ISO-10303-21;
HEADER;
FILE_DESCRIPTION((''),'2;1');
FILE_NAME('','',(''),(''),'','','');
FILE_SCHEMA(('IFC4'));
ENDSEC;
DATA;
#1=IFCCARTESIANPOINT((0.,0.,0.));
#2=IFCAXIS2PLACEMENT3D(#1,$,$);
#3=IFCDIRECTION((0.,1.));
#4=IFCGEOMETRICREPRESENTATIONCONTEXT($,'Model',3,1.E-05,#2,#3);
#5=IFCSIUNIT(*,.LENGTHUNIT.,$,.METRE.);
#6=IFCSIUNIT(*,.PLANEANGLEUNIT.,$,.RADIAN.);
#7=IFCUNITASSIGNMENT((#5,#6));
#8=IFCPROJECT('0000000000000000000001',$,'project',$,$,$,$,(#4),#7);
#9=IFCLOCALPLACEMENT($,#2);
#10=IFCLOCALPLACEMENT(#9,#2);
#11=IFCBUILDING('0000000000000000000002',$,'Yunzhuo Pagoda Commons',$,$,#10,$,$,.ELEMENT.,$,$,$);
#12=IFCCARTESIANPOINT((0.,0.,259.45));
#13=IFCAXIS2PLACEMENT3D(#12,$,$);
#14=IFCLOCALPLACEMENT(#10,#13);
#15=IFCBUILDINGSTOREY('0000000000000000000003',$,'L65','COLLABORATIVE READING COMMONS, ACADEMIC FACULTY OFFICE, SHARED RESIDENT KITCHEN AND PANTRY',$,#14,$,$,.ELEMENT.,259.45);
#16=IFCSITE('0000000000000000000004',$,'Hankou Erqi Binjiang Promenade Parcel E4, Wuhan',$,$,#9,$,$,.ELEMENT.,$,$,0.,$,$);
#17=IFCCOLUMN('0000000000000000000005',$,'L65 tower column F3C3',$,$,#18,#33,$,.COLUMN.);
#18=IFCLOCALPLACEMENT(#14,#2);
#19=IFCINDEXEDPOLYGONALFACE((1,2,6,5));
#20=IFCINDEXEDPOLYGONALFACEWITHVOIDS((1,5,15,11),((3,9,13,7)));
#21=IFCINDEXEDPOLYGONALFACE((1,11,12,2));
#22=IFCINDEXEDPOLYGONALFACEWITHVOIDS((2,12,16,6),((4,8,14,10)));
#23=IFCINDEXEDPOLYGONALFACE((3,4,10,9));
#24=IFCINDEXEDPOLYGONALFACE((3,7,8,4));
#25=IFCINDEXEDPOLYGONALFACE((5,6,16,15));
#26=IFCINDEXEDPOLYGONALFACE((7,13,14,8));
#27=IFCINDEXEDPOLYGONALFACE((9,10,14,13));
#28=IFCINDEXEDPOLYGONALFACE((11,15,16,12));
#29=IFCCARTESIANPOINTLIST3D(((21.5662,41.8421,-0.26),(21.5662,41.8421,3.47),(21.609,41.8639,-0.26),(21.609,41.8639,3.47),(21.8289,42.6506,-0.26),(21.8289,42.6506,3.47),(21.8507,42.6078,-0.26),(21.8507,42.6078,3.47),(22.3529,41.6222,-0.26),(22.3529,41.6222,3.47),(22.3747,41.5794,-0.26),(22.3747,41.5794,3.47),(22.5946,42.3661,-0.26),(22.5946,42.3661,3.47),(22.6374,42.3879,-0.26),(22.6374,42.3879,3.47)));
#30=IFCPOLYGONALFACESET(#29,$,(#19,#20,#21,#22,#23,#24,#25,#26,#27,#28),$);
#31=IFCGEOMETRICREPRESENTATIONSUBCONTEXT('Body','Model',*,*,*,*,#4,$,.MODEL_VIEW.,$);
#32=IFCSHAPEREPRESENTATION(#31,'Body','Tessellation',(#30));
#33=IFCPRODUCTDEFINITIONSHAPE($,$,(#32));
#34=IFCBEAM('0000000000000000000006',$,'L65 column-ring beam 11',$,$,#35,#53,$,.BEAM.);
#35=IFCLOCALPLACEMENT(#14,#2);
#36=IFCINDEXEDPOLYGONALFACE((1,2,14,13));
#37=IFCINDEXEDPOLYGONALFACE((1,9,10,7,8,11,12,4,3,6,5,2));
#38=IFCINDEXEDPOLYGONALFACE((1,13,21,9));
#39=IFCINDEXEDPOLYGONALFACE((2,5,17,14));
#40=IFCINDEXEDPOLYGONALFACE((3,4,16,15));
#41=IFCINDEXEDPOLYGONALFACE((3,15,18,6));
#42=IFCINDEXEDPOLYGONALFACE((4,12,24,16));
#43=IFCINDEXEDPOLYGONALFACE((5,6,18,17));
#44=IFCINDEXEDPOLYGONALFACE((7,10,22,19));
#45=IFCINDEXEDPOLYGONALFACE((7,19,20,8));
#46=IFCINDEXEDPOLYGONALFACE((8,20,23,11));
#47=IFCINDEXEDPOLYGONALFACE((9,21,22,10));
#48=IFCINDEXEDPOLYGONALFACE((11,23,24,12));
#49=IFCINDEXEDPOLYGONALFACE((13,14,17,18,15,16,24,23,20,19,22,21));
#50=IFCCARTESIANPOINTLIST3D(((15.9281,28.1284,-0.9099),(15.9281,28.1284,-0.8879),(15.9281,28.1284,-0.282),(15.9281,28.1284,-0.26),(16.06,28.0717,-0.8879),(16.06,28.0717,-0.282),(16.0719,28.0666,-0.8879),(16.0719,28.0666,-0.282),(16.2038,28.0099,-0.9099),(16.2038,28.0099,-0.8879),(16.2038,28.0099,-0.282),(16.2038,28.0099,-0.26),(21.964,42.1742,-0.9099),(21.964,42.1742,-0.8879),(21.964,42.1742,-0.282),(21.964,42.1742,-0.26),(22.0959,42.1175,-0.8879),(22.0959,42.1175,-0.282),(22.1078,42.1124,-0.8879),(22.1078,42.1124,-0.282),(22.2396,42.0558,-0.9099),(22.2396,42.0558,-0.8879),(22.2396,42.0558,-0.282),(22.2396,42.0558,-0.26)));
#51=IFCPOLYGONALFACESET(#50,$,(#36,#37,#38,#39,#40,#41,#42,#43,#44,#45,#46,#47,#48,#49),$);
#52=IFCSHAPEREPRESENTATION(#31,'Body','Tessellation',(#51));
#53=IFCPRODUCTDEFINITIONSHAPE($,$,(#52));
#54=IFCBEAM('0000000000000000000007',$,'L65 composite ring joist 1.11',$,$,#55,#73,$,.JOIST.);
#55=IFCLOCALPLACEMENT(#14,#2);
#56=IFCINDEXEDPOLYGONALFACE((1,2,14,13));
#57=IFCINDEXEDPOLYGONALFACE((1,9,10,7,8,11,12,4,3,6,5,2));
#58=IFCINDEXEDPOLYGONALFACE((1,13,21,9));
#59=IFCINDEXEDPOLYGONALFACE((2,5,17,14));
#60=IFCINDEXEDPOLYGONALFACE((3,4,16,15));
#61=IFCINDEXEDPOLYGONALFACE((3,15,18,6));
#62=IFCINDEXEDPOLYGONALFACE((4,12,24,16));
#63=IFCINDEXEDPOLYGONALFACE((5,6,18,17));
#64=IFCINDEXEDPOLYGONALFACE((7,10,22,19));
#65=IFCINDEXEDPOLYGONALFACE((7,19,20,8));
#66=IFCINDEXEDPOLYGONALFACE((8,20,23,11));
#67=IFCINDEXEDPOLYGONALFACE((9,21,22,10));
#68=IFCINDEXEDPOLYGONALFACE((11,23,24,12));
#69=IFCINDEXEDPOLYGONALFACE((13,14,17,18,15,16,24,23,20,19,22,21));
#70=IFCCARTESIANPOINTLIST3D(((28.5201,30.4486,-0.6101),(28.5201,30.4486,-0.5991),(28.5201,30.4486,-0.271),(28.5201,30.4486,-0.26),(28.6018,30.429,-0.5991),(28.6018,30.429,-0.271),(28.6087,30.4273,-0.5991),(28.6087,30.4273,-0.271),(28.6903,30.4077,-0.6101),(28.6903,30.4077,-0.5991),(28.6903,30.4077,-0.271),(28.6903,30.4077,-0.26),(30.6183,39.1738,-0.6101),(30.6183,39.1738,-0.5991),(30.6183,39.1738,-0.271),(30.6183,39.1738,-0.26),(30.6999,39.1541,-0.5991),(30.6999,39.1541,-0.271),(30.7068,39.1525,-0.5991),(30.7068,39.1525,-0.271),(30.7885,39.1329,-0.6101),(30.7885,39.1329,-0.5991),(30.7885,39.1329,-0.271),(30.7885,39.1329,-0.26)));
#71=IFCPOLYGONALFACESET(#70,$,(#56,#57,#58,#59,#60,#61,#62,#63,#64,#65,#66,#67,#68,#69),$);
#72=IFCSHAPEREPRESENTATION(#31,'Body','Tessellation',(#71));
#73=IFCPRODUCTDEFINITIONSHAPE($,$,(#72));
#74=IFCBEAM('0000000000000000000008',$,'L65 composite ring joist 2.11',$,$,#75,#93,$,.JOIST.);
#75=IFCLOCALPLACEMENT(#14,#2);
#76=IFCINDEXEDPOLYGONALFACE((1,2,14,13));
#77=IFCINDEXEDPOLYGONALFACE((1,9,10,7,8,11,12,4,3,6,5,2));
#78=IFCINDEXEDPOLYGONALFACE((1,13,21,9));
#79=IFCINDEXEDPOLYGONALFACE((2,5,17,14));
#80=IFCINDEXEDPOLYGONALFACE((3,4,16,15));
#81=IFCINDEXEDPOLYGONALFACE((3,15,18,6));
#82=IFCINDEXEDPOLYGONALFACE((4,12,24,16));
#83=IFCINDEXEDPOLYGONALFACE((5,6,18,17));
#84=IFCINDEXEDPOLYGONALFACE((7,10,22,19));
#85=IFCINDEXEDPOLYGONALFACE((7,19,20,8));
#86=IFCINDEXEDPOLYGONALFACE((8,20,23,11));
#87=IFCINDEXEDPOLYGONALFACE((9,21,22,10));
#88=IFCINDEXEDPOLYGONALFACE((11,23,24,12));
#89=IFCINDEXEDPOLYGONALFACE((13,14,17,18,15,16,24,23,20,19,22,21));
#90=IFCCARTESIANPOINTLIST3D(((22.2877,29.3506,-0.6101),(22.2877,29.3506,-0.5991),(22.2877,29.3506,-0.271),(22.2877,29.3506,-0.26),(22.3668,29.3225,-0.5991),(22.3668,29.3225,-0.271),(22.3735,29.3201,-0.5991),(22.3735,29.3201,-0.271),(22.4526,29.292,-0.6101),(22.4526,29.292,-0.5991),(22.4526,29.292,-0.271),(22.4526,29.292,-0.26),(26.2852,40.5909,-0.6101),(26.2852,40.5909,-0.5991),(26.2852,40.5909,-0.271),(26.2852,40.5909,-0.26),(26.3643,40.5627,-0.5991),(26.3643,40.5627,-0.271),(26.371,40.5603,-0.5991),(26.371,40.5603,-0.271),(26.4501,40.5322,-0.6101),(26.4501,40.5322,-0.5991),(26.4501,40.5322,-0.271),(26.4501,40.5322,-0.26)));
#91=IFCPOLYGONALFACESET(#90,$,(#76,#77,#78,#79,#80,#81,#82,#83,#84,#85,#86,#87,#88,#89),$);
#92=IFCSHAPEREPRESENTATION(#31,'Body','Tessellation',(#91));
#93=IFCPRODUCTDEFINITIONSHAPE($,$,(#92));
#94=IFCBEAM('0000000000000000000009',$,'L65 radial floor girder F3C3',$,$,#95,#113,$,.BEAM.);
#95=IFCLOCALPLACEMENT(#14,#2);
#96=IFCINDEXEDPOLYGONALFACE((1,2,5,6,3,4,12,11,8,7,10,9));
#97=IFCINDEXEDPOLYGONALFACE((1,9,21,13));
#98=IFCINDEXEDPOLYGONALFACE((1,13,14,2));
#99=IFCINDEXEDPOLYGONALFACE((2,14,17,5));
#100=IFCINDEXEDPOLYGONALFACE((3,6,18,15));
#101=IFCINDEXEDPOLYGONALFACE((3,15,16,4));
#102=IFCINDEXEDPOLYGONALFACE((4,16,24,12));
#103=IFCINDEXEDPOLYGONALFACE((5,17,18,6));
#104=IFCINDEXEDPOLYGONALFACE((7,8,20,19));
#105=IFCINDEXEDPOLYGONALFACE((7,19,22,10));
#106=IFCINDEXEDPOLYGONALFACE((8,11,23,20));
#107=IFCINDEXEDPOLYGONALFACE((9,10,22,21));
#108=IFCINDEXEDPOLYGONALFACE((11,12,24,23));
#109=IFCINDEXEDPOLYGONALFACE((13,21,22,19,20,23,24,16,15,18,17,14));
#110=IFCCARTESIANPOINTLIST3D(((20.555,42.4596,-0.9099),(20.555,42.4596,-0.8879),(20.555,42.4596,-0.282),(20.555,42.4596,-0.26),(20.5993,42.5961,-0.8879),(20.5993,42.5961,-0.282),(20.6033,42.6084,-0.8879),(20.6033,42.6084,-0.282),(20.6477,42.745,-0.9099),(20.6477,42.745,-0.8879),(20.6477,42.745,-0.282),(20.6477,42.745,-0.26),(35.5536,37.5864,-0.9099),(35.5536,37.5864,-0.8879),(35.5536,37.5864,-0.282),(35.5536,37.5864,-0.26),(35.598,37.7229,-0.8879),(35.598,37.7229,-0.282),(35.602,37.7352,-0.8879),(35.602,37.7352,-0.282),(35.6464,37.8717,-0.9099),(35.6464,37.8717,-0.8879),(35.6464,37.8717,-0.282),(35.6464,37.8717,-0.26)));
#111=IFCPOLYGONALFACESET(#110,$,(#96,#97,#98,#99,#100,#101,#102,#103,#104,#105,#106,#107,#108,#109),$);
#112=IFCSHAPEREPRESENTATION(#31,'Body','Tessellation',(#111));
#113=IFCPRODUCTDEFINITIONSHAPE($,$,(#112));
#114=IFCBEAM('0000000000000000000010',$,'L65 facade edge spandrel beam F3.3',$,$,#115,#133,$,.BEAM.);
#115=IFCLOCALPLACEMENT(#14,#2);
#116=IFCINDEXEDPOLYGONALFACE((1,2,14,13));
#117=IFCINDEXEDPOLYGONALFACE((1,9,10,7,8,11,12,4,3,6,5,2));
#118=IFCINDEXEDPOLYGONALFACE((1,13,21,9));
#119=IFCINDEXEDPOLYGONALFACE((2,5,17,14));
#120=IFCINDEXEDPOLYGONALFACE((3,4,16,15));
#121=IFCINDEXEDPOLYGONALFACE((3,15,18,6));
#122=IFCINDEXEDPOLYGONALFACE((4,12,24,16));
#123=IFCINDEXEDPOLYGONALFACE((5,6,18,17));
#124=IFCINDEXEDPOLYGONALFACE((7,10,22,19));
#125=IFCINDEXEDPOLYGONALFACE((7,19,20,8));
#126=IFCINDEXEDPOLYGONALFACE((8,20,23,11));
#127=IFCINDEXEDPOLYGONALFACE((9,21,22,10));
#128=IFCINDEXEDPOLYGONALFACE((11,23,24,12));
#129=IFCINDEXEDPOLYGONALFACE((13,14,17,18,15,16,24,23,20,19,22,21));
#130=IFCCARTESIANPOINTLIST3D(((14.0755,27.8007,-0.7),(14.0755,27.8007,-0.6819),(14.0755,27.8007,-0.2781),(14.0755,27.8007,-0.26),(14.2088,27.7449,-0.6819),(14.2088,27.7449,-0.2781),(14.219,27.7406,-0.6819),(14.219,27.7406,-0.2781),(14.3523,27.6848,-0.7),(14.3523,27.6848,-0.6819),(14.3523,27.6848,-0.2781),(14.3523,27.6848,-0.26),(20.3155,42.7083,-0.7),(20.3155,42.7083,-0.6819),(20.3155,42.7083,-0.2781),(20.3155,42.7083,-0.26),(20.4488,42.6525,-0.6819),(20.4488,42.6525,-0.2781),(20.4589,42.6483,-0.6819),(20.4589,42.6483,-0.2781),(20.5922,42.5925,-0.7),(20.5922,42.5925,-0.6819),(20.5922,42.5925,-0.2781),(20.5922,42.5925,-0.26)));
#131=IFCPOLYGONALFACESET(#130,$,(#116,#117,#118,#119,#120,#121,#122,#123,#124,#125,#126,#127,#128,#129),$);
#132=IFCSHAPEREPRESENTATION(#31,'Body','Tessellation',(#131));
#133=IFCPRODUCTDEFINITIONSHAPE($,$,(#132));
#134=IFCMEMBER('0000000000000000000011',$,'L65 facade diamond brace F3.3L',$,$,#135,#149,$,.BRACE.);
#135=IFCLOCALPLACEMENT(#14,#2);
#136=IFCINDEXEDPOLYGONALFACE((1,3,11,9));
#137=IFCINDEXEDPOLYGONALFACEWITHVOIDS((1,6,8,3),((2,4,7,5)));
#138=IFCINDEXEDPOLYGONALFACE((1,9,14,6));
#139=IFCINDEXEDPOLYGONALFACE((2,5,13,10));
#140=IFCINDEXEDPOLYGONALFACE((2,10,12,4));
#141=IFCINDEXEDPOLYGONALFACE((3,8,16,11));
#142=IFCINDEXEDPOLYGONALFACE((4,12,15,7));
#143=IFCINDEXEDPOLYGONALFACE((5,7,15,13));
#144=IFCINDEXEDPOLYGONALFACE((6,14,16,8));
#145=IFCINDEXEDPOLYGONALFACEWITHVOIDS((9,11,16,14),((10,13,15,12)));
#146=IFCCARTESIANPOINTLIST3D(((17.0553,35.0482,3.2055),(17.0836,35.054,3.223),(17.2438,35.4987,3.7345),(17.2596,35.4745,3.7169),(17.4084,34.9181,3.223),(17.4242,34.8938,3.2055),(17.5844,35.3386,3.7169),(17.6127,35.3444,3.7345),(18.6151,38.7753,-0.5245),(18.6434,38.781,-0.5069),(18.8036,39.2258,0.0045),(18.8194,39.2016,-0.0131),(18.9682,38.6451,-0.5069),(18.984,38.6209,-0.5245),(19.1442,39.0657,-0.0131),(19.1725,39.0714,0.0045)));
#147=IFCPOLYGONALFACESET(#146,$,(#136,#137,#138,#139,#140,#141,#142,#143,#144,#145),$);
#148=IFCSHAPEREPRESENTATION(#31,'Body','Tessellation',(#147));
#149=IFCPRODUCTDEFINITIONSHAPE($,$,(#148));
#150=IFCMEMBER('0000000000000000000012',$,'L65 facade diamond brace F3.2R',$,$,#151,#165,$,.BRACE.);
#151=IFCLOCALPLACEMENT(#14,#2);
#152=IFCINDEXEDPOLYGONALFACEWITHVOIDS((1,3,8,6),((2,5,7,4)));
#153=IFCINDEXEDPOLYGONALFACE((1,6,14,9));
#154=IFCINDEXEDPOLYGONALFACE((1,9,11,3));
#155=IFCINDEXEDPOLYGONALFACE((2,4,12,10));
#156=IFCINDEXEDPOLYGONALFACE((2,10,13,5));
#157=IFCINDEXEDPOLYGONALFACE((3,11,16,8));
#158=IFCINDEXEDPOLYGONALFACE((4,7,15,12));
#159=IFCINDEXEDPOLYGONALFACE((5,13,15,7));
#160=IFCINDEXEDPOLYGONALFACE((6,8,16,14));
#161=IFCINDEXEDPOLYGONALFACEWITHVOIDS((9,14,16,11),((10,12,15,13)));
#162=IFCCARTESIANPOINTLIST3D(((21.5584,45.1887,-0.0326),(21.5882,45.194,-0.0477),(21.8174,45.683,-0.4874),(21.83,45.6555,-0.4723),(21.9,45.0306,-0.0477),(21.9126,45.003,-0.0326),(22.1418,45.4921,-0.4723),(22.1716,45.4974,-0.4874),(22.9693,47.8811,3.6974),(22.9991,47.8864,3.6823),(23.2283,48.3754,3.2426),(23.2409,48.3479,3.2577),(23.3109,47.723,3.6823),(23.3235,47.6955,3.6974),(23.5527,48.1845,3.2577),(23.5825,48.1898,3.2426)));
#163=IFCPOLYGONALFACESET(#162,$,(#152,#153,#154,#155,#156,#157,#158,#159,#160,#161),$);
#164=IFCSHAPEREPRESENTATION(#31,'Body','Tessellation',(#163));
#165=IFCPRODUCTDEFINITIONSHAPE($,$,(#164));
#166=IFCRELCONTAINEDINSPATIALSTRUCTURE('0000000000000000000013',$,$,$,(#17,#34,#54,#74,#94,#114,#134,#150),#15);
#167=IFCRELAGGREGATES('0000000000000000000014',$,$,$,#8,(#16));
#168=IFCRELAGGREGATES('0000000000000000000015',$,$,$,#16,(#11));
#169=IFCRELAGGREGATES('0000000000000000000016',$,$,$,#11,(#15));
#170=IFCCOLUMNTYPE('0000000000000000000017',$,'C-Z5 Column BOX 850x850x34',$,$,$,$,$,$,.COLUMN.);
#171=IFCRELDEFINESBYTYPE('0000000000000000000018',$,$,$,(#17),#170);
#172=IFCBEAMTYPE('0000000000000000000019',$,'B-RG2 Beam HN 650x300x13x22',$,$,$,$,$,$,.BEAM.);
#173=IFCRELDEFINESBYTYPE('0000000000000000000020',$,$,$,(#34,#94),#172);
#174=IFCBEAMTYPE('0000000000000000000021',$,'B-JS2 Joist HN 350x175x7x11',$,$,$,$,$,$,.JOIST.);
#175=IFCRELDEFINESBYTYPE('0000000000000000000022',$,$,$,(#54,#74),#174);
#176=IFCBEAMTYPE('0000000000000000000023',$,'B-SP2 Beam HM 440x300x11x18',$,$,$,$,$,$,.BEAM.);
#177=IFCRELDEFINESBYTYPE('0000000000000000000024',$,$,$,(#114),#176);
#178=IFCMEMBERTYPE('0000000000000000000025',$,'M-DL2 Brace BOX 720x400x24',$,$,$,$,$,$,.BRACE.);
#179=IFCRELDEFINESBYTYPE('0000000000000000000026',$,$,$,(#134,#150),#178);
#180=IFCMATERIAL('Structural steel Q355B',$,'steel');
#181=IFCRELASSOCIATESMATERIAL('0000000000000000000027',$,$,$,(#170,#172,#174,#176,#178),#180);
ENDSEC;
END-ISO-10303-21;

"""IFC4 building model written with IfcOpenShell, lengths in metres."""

from ifc_helpers import new_model, si_unit, direction, frame, origin, origin_2d, place, context, subcontext, project, spatial, hollow_rectangle, i_section, extrude, source, transform, mapped, material, material_profile, profile_set, type_object, element, save


model = new_model("IFC4")

# Units and contexts
model_context = context("Model", 3, precision=1e-05, world=origin(), true_north=direction((0.0, 1.0)))
body_context = subcontext(model_context, "Body", "Model", "MODEL_VIEW")
ifc_project = project(units=[si_unit("LENGTHUNIT", "METRE"), si_unit("PLANEANGLEUNIT", "RADIAN")], contexts=[model_context])

# Site, building, storey
site_placement = place(None, origin())
site = spatial("IfcSite", under=ifc_project, at=site_placement, Name="Hankou Erqi Binjiang Promenade Parcel E4, Wuhan", CompositionType="ELEMENT", RefElevation=0.0)
building_placement = place(site_placement, origin())
building = spatial("IfcBuilding", under=site, at=building_placement, Name="Yunzhuo Pagoda Commons", CompositionType="ELEMENT")
storey_placement = place(building_placement, frame((0.0, 0.0, 259.45)))
storey = spatial("IfcBuildingStorey", under=building, at=storey_placement, Name="L65", Description="COLLABORATIVE READING COMMONS, ACADEMIC FACULTY OFFICE, SHARED RESIDENT KITCHEN AND PANTRY", CompositionType="ELEMENT", Elevation=259.45)

# Column
ifc_material_1 = material(Name="Structural steel Q355B", Category="steel")
ifc_material_profile_1 = material_profile(ifc_material_1, hollow_rectangle(XDim=0.8501, YDim=0.8501, WallThickness=0.0339, at=origin_2d()), Name="Structural steel Q355B")
ifc_profile_set_1 = profile_set([ifc_material_profile_1], Name="Structural steel Q355B")
column_type = type_object("IfcColumnType", Name="C-Z5 Column BOX 850x850x34", PredefinedType="COLUMN", material=ifc_profile_set_1)
shared_shape_1 = source(origin(), body_context, "Body", "SweptSolid", [
    extrude(hollow_rectangle(XDim=0.8501, YDim=0.8501, WallThickness=0.0339, at=origin_2d()), origin(), (0.0, 0.0, 1.0), 3.73),
])
column_placement = place(storey_placement, frame((22.1018, 42.115, -0.26), z_axis=(0.0, 0.0, 1.0), x_axis=(-0.309017, -0.951057, 0.0)))
element("IfcColumn", 1, at=column_placement, inside=storey, type_object=column_type, Name="L65 tower column F3C3", PredefinedType="COLUMN", context=body_context, shape_type="MappedRepresentation", body=[
    mapped(shared_shape_1, transform((0.0, 0.0, 0.0), scale=1.0)),
])

# Beams
ifc_material_profile_2 = material_profile(ifc_material_1, i_section(OverallWidth=0.3, OverallDepth=0.6499, WebThickness=0.0129, FlangeThickness=0.022, at=origin_2d()), Name="Structural steel Q355B")
ifc_profile_set_2 = profile_set([ifc_material_profile_2], Name="Structural steel Q355B")
beam_type_1 = type_object("IfcBeamType", Name="B-RG2 Beam HN 650x300x13x22", PredefinedType="BEAM", material=ifc_profile_set_2)
shared_shape_2 = source(origin(), body_context, "Body", "SweptSolid", [
    extrude(i_section(OverallWidth=0.3, OverallDepth=0.6499, WebThickness=0.0129, FlangeThickness=0.022, at=origin_2d()), origin(), (0.0, 0.0, 1.0), 15.2878),
])
beam_1_placement = place(storey_placement, frame((22.1018, 42.115, -0.585), z_axis=(-0.394815, -0.91876, 0.0), x_axis=(0.91876, -0.394815, 0.0)))
element("IfcBeam", 2, at=beam_1_placement, inside=storey, type_object=beam_type_1, Name="L65 column-ring beam 11", PredefinedType="BEAM", context=body_context, shape_type="MappedRepresentation", body=[
    mapped(shared_shape_2, transform((0.0, 0.0, 0.0), scale=1.0)),
])
ifc_material_profile_3 = material_profile(ifc_material_1, i_section(OverallWidth=0.175, OverallDepth=0.3501, WebThickness=0.0071, FlangeThickness=0.011, at=origin_2d()), Name="Structural steel Q355B")
ifc_profile_set_3 = profile_set([ifc_material_profile_3], Name="Structural steel Q355B")
beam_type_2 = type_object("IfcBeamType", Name="B-JS2 Joist HN 350x175x7x11", PredefinedType="JOIST", material=ifc_profile_set_3)
shared_shape_3 = source(origin(), body_context, "Body", "SweptSolid", [
    extrude(i_section(OverallWidth=0.175, OverallDepth=0.3501, WebThickness=0.0071, FlangeThickness=0.011, at=origin_2d()), origin(), (0.0, 0.0, 1.0), 8.9739),
])
beam_2_placement = place(storey_placement, frame((30.7034, 39.1533, -0.4351), z_axis=(-0.233807, -0.972283, 0.0), x_axis=(0.972283, -0.233807, 0.0)))
element("IfcBeam", 3, at=beam_2_placement, inside=storey, type_object=beam_type_2, Name="L65 composite ring joist 1.11", PredefinedType="JOIST", context=body_context, shape_type="MappedRepresentation", body=[
    mapped(shared_shape_3, transform((0.0, 0.0, 0.0), scale=1.0)),
])
shared_shape_4 = source(origin(), body_context, "Body", "SweptSolid", [
    extrude(i_section(OverallWidth=0.175, OverallDepth=0.3501, WebThickness=0.0071, FlangeThickness=0.011, at=origin_2d()), origin(), (0.0, 0.0, 1.0), 11.9299),
])
beam_3_placement = place(storey_placement, frame((26.3677, 40.5615, -0.4351), z_axis=(-0.335086, -0.942187, 0.0), x_axis=(0.942187, -0.335086, 0.0)))
element("IfcBeam", 4, at=beam_3_placement, inside=storey, type_object=beam_type_2, Name="L65 composite ring joist 2.11", PredefinedType="JOIST", context=body_context, shape_type="MappedRepresentation", body=[
    mapped(shared_shape_4, transform((0.0, 0.0, 0.0), scale=1.0)),
])
shared_shape_5 = source(origin(), body_context, "Body", "SweptSolid", [
    extrude(i_section(OverallWidth=0.3, OverallDepth=0.6499, WebThickness=0.0129, FlangeThickness=0.022, at=origin_2d()), origin(), (0.0, 0.0, 1.0), 15.7705),
])
beam_4_placement = place(storey_placement, frame((20.6013, 42.6023, -0.585), z_axis=(0.951059, -0.309011, 0.0), x_axis=(0.309011, 0.951059, 0.0)))
element("IfcBeam", 5, at=beam_4_placement, inside=storey, type_object=beam_type_1, Name="L65 radial floor girder F3C3", PredefinedType="BEAM", context=body_context, shape_type="MappedRepresentation", body=[
    mapped(shared_shape_5, transform((0.0, 0.0, 0.0), scale=1.0)),
])
ifc_material_profile_4 = material_profile(ifc_material_1, i_section(OverallWidth=0.3, OverallDepth=0.4399, WebThickness=0.011, FlangeThickness=0.0181, at=origin_2d()), Name="Structural steel Q355B")
ifc_profile_set_4 = profile_set([ifc_material_profile_4], Name="Structural steel Q355B")
beam_type_3 = type_object("IfcBeamType", Name="B-SP2 Beam HM 440x300x11x18", PredefinedType="BEAM", material=ifc_profile_set_4)
shared_shape_6 = source(origin(), body_context, "Body", "SweptSolid", [
    extrude(i_section(OverallWidth=0.3, OverallDepth=0.4399, WebThickness=0.011, FlangeThickness=0.0181, at=origin_2d()), origin(), (0.0, 0.0, 1.0), 16.1609),
])
beam_5_placement = place(storey_placement, frame((20.4539, 42.6504, -0.48), z_axis=(-0.386114, -0.922451, 0.0), x_axis=(0.922451, -0.386114, 0.0)))
element("IfcBeam", 6, at=beam_5_placement, inside=storey, type_object=beam_type_3, Name="L65 facade edge spandrel beam F3.3", PredefinedType="BEAM", context=body_context, shape_type="MappedRepresentation", body=[
    mapped(shared_shape_6, transform((0.0, 0.0, 0.0), scale=1.0)),
])

# Members
ifc_material_profile_5 = material_profile(ifc_material_1, hollow_rectangle(XDim=0.3999, YDim=0.72, WallThickness=0.0239, at=origin_2d()), Name="Structural steel Q355B")
ifc_profile_set_5 = profile_set([ifc_material_profile_5], Name="Structural steel Q355B")
member_type_1 = type_object("IfcMemberType", Name="M-DL2 Brace BOX 720x400x24", PredefinedType="BRACE", material=ifc_profile_set_5)
shared_shape_7 = source(origin(), body_context, "Body", "SweptSolid", [
    extrude(hollow_rectangle(XDim=0.3999, YDim=0.72, WallThickness=0.0239, at=origin_2d()), origin(), (0.0, 0.0, 1.0), 5.4988),
])
member_1_placement = place(storey_placement, frame((18.8938, 38.9233, -0.26), z_axis=(-0.283665, -0.677795, 0.678328), x_axis=(0.922472, -0.386065, 0.0)))
element("IfcMember", 7, at=member_1_placement, inside=storey, type_object=member_type_1, Name="L65 facade diamond brace F3.3L", PredefinedType="BRACE", context=body_context, shape_type="MappedRepresentation", body=[
    mapped(shared_shape_7, transform((0.0, 0.0, 0.0), scale=1.0)),
])
shared_shape_8 = source(origin(), body_context, "Body", "SweptSolid", [
    extrude(hollow_rectangle(XDim=0.3999, YDim=0.72, WallThickness=0.0239, at=origin_2d()), origin(), (0.0, 0.0, 1.0), 4.8118),
])
member_2_placement = place(storey_placement, frame((21.865, 45.343, -0.26), z_axis=(0.293221, 0.559551, 0.775193), x_axis=(-0.885751, 0.46416, 0.0)))
element("IfcMember", 8, at=member_2_placement, inside=storey, type_object=member_type_1, Name="L65 facade diamond brace F3.2R", PredefinedType="BRACE", context=body_context, shape_type="MappedRepresentation", body=[
    mapped(shared_shape_8, transform((0.0, 0.0, 0.0), scale=1.0)),
])

save(model, "model.ifc")
